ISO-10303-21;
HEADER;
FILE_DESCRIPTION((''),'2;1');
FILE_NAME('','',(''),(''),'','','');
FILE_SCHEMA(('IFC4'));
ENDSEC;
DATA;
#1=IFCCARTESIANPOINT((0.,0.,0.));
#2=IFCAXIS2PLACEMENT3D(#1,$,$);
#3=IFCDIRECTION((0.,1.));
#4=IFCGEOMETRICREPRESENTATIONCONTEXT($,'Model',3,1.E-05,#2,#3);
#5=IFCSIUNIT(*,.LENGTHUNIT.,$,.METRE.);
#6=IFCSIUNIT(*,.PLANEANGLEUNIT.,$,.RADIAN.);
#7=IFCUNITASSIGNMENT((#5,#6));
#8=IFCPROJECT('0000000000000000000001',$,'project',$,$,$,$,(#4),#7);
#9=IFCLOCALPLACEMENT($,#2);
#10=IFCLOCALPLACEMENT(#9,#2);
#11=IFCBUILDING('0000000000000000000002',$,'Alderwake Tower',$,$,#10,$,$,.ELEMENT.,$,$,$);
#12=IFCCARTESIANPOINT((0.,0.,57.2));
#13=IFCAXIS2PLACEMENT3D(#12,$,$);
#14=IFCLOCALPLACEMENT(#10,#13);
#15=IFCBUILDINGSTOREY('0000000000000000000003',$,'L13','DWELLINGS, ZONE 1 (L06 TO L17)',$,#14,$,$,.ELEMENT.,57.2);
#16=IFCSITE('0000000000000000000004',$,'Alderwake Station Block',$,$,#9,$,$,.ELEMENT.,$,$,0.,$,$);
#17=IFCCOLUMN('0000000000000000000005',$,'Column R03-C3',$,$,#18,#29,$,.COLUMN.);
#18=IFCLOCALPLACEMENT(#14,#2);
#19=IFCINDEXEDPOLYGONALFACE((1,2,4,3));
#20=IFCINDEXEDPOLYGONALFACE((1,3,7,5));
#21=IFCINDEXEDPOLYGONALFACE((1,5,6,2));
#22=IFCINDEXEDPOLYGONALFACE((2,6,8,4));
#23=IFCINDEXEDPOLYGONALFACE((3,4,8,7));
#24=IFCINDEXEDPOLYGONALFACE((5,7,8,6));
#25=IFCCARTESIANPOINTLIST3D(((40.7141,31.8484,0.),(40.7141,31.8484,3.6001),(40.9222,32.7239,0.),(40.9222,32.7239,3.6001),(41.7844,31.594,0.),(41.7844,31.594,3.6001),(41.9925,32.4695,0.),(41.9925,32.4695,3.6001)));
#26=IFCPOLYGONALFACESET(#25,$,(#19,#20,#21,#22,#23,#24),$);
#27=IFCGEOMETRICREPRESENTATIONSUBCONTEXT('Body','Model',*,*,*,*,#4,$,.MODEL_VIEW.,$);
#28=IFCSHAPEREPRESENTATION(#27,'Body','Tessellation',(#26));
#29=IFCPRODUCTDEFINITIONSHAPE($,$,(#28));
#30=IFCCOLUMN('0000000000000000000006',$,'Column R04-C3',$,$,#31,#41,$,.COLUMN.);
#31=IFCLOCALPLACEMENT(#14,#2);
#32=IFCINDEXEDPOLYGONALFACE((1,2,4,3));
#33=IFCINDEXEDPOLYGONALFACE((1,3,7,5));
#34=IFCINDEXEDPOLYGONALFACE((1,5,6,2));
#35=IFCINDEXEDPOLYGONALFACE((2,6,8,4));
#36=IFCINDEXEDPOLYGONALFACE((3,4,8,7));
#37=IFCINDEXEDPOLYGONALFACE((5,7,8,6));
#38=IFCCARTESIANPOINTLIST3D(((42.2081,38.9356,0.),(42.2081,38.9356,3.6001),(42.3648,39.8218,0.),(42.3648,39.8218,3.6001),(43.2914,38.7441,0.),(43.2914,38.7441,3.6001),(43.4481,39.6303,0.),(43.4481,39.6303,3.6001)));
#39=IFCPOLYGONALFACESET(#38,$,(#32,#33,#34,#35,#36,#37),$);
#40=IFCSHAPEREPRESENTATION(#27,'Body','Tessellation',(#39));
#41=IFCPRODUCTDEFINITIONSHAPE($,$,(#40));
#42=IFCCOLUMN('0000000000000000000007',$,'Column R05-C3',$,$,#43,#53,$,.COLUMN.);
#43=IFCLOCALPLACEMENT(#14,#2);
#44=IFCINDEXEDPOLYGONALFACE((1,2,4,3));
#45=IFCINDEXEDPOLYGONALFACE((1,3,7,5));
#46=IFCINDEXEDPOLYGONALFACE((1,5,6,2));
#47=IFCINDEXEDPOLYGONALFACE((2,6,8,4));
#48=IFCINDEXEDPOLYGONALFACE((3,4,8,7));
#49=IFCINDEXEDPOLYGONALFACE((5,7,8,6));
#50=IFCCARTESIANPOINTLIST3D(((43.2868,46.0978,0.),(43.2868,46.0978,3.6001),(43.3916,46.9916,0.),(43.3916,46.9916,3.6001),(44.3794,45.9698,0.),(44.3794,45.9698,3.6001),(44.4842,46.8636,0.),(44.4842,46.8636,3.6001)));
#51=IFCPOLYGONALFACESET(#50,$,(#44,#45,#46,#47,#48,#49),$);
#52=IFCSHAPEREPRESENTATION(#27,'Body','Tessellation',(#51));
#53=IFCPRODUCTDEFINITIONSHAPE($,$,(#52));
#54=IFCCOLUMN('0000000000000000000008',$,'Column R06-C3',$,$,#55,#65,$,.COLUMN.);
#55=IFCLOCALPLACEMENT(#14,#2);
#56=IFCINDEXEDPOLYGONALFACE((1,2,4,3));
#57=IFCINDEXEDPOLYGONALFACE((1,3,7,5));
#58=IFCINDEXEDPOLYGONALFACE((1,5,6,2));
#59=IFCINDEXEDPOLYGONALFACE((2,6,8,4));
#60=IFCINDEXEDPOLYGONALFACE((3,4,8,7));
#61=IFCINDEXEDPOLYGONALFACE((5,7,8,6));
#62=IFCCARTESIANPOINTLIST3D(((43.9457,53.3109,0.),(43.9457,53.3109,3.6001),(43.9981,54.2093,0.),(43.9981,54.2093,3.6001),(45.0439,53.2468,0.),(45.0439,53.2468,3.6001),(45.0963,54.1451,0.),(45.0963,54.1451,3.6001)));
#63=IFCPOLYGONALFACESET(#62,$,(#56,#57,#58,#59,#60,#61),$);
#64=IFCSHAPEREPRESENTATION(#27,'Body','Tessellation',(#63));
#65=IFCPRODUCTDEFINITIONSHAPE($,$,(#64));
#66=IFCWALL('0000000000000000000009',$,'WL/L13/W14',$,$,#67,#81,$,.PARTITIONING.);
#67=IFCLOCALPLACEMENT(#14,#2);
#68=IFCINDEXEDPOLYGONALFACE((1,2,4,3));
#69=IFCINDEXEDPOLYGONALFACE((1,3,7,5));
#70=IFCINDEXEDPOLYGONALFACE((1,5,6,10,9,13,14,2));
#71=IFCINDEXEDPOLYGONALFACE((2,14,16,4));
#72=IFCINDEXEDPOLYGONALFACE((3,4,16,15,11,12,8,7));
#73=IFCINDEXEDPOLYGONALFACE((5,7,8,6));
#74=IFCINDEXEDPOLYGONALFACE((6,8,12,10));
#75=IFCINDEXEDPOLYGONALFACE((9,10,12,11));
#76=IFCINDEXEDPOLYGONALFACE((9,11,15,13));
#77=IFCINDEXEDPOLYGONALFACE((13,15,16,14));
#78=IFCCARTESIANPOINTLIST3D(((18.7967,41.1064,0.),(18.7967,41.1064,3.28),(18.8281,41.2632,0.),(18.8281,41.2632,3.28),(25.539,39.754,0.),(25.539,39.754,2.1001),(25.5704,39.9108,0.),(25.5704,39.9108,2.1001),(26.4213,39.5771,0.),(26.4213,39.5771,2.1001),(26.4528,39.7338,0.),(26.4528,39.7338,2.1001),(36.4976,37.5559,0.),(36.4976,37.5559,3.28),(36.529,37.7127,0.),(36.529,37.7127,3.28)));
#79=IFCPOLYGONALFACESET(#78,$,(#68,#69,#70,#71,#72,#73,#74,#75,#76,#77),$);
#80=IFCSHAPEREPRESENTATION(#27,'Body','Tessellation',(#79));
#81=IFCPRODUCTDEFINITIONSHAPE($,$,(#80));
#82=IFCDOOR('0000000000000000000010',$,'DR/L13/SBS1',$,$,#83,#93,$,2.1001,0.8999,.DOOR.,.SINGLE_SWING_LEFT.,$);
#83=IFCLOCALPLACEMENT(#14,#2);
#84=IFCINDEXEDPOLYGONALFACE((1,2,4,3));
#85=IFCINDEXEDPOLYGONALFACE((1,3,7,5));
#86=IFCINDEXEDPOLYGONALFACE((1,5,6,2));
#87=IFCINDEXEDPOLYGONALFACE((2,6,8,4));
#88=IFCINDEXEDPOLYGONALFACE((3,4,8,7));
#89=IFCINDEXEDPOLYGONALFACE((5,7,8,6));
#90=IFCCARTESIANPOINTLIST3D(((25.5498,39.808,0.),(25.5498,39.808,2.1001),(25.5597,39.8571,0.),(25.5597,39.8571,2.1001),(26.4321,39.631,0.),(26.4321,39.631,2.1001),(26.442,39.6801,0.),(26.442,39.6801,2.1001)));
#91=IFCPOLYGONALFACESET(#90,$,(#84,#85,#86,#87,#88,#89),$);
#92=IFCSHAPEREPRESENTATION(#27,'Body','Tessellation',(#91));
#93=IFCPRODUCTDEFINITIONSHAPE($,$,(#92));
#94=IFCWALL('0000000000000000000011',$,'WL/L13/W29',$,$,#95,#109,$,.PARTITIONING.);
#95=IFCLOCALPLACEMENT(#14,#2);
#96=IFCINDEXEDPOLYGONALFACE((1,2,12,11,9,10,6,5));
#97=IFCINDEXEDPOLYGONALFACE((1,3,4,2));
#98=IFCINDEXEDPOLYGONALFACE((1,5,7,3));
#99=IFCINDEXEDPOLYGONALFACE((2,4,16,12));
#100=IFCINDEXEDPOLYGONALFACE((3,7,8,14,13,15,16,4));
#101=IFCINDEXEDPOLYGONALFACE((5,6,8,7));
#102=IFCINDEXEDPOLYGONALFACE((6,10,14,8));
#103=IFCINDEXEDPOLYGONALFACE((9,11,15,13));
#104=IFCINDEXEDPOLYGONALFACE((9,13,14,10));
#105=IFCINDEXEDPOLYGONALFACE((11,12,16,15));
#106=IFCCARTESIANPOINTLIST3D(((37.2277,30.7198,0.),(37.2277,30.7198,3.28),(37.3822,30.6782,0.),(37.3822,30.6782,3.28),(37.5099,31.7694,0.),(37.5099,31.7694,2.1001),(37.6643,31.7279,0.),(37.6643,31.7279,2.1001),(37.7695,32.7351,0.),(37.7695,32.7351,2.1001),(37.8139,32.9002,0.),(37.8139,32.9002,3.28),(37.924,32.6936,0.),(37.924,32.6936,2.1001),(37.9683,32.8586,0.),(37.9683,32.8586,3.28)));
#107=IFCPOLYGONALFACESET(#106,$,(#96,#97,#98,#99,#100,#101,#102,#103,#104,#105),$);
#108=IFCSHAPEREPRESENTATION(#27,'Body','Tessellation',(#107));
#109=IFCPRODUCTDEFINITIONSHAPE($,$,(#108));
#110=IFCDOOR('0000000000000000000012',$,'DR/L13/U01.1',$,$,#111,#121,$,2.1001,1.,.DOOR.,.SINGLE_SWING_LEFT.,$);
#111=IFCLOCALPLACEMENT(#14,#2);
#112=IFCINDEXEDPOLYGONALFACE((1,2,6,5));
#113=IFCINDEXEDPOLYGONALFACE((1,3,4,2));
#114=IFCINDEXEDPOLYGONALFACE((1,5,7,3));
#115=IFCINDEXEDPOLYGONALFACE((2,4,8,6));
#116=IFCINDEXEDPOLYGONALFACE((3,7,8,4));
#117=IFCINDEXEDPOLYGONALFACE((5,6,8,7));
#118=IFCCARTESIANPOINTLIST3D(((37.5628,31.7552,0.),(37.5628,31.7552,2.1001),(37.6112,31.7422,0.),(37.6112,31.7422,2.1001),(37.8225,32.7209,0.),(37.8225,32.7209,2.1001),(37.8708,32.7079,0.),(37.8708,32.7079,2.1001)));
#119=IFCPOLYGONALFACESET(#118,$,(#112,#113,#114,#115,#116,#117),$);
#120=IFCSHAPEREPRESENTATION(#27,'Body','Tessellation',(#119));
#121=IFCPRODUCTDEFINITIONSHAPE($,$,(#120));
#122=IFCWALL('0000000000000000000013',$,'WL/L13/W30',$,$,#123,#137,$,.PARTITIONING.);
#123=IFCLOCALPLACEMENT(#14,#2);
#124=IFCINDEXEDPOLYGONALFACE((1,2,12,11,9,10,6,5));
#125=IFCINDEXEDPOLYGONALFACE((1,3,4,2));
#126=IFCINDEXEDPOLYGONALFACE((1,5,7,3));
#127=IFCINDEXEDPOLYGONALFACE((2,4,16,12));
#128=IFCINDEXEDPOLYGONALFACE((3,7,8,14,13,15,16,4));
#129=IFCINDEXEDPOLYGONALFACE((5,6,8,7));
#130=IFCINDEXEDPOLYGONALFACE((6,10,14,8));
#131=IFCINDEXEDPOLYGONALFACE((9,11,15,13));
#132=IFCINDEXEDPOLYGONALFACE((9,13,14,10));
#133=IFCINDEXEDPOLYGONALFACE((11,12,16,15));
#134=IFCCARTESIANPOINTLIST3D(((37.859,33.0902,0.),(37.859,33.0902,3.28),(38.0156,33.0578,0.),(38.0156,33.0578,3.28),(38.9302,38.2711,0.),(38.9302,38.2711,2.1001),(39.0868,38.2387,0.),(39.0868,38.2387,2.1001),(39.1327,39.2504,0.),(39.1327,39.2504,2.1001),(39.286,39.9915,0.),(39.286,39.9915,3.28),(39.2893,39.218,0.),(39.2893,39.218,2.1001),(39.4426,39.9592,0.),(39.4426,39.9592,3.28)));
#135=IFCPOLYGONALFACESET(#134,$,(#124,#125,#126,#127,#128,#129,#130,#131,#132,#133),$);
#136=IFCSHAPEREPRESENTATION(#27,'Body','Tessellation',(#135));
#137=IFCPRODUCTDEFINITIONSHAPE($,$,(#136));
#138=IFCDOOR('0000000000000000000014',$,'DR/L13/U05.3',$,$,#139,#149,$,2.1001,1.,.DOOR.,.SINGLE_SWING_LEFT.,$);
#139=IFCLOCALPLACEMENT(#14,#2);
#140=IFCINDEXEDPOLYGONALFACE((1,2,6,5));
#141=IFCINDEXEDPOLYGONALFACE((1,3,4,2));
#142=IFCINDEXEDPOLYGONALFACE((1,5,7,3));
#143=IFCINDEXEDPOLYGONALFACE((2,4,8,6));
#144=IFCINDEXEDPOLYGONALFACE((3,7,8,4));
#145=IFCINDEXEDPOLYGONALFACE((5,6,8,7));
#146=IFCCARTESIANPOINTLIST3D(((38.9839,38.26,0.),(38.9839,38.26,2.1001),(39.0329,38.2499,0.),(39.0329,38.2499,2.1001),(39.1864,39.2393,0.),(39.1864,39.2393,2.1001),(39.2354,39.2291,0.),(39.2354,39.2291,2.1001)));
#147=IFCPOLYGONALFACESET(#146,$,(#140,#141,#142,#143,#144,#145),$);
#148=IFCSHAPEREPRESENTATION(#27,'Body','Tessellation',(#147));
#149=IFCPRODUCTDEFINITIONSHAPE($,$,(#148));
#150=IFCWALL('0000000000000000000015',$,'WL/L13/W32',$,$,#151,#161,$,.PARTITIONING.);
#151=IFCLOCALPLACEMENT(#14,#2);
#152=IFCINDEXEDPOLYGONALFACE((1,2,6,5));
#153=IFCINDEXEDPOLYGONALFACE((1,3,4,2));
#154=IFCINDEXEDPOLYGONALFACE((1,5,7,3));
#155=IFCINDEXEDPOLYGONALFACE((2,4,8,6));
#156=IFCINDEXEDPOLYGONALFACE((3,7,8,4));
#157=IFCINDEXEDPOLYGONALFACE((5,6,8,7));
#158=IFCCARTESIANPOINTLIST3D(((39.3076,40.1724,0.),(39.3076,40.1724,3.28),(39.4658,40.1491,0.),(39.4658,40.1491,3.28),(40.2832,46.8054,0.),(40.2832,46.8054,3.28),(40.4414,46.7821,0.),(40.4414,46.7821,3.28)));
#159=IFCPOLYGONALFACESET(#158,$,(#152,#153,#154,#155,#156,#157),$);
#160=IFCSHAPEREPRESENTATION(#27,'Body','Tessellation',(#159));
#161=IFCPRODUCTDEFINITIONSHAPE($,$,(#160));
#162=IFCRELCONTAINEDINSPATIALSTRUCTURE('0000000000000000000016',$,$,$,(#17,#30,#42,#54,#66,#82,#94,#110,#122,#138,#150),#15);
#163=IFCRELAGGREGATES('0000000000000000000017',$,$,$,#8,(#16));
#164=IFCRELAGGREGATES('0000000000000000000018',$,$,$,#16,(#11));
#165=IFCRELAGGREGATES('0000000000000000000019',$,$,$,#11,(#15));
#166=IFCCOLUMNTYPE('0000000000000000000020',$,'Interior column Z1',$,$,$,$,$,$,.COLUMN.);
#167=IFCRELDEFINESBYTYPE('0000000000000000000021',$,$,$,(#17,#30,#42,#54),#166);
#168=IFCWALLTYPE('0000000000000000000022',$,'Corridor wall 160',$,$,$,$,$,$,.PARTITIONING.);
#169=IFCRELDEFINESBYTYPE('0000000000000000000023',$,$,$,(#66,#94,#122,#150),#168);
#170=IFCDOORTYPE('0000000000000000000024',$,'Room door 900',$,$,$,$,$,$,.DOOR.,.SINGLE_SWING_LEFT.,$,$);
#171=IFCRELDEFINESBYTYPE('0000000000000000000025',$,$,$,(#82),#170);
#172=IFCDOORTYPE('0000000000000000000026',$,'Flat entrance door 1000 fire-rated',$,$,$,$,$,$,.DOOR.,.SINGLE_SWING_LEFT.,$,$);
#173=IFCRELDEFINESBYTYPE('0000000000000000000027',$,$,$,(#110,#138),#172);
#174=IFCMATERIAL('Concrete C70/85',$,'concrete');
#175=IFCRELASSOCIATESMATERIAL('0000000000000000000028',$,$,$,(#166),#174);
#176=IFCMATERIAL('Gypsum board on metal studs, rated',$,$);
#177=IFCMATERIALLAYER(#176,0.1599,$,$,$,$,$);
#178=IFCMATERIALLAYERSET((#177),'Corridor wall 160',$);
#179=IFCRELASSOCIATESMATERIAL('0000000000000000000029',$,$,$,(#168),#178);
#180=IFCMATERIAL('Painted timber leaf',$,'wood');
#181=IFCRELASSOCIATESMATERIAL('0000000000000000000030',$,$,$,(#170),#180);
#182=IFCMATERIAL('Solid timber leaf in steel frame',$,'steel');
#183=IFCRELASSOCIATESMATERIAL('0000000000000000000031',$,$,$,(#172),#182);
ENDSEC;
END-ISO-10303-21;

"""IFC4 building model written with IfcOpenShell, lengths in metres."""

from ifc_helpers import new_model, si_unit, direction, frame, frame_2d, origin, origin_2d, place, context, subcontext, project, spatial, rectangle, extrude, material, layer, layer_set, material_profile, profile_set, type_object, element, fill, save


model = new_model("IFC4")

# Units and contexts
model_context = context("Model", 3, precision=1e-05, world=origin(), true_north=direction((0.0, 1.0)))
body_context = subcontext(model_context, "Body", "Model", "MODEL_VIEW")
ifc_project = project(units=[si_unit("LENGTHUNIT", "METRE"), si_unit("PLANEANGLEUNIT", "RADIAN")], contexts=[model_context])

# Site, building, storey
site_placement = place(None, origin())
site = spatial("IfcSite", under=ifc_project, at=site_placement, Name="Alderwake Station Block", CompositionType="ELEMENT", RefElevation=0.0)
building_placement = place(site_placement, origin())
building = spatial("IfcBuilding", under=site, at=building_placement, Name="Alderwake Tower", CompositionType="ELEMENT")
storey_placement = place(building_placement, frame((0.0, 0.0, 57.2)))
storey = spatial("IfcBuildingStorey", under=building, at=storey_placement, Name="L13", Description="DWELLINGS, ZONE 1 (L06 TO L17)", CompositionType="ELEMENT", Elevation=57.2)

# Columns
ifc_material_1 = material(Name="Concrete C70/85", Category="concrete")
ifc_material_profile = material_profile(ifc_material_1, rectangle(XDim=0.8999, YDim=1.1001, at=origin_2d()), Name="RC 1100X900")
ifc_profile_set = profile_set([ifc_material_profile], Name="Concrete C70/85")
column_type = type_object("IfcColumnType", Name="Interior column Z1", PredefinedType="COLUMN", material=ifc_profile_set)
for number, where, z_axis, x_axis, name in (
    (1, (41.3533, 32.1589, 0.0), (0.0, 0.0, 1.0), (0.231222, 0.972901, 0.0), "Column R03-C3"),
    (2, (42.8281, 39.283, 0.0), (0.0, 0.0, 1.0), (0.174109, 0.984726, 0.0), "Column R04-C3"),
    (3, (43.8855, 46.4807, 0.0), (0.0, 0.0, 1.0), (0.116402, 0.993202, 0.0), "Column R05-C3"),
    (4, (44.521, 53.728, 0.0), (0.0, 0.0, 1.0), (0.058301, 0.998299, 0.0), "Column R06-C3"),
):
    element("IfcColumn", number, at=place(storey_placement, frame(where, z_axis=z_axis, x_axis=x_axis)), inside=storey, type_object=column_type, Name=name, PredefinedType="COLUMN", context=body_context, shape_type="SweptSolid", body=[
        extrude(rectangle(XDim=0.8999, YDim=1.1001, at=origin_2d()), origin(), (0.0, 0.0, 1.0), 3.6001),
    ])

# Walls, openings, doors
ifc_material_2 = material(Name="Gypsum board on metal studs, rated")
ifc_layer_1 = layer(ifc_material_2, 0.1599)
ifc_layer_set_1 = layer_set([ifc_layer_1], Name="Corridor wall 160")
wall_type_1 = type_object("IfcWallType", Name="Corridor wall 160", PredefinedType="PARTITIONING", material=ifc_layer_set_1)
wall_1_placement = place(storey_placement, frame((36.5134, 37.6343, 0.0), z_axis=(0.0, 0.0, 1.0), x_axis=(-0.98047, 0.196667, 0.0)))
wall_1 = element("IfcWall", 5, at=wall_1_placement, inside=storey, type_object=wall_type_1, Name="WL/L13/W14", PredefinedType="PARTITIONING", context=body_context, shape_type="SweptSolid", body=[
    extrude(rectangle(XDim=18.0535, YDim=0.1599, at=frame_2d((9.0269, 0.0))), origin(), (0.0, 0.0, 1.0), 3.28),
])
opening_1_placement = place(wall_1_placement, frame((10.2771, 0.0, 0.0)))
opening_1 = element("IfcOpeningElement", 6, at=opening_1_placement, cuts=wall_1, PredefinedType="OPENING", context=body_context, shape_type="SweptSolid", body=[
    extrude(rectangle(XDim=0.8999, YDim=2.1001, at=frame_2d((0.45, 1.05))), frame((0.0, 0.0898, 0.0), z_axis=(0.0, -1.0, 0.0), x_axis=(1.0, 0.0, 0.0)), (0.0, 0.0, 1.0), 0.1799),
])
ifc_material_3 = material(Name="Painted timber leaf", Category="wood")
door_type_1 = type_object("IfcDoorType", Name="Room door 900", OperationType="SINGLE_SWING_LEFT", PredefinedType="DOOR", material=ifc_material_3)
door_1_placement = place(opening_1_placement, origin())
door_1 = element("IfcDoor", 7, at=door_1_placement, inside=storey, type_object=door_type_1, Name="DR/L13/SBS1", OperationType="SINGLE_SWING_LEFT", OverallHeight=2.1001, OverallWidth=0.8999, PredefinedType="DOOR", context=body_context, shape_type="SweptSolid", body=[
    extrude(rectangle(XDim=0.8999, YDim=2.1001, at=frame_2d((0.45, 1.05))), frame((0.0, 0.0249, 0.0), z_axis=(0.0, -1.0, 0.0), x_axis=(1.0, 0.0, 0.0)), (0.0, 0.0, 1.0), 0.05),
])
fill(opening_1, door_1)
wall_2_placement = place(storey_placement, frame((37.8911, 32.8794, 0.0), z_axis=(0.0, 0.0, 1.0), x_axis=(-0.259621, -0.965711, 0.0)))
wall_2 = element("IfcWall", 8, at=wall_2_placement, inside=storey, type_object=wall_type_1, Name="WL/L13/W29", PredefinedType="PARTITIONING", context=body_context, shape_type="SweptSolid", body=[
    extrude(rectangle(XDim=2.2578, YDim=0.1599, at=frame_2d((1.1289, 0.0))), origin(), (0.0, 0.0, 1.0), 3.28),
])
opening_2_placement = place(wall_2_placement, frame((0.1709, 0.0, 0.0)))
opening_2 = element("IfcOpeningElement", 9, at=opening_2_placement, cuts=wall_2, PredefinedType="OPENING", context=body_context, shape_type="SweptSolid", body=[
    extrude(rectangle(XDim=1.0, YDim=2.1001, at=frame_2d((0.5, 1.05))), frame((0.0, 0.0898, 0.0), z_axis=(0.0, -1.0, 0.0), x_axis=(1.0, 0.0, 0.0)), (0.0, 0.0, 1.0), 0.1799),
])
ifc_material_4 = material(Name="Solid timber leaf in steel frame", Category="steel")
door_type_2 = type_object("IfcDoorType", Name="Flat entrance door 1000 fire-rated", OperationType="SINGLE_SWING_LEFT", PredefinedType="DOOR", material=ifc_material_4)
door_2_placement = place(opening_2_placement, origin())
door_2 = element("IfcDoor", 10, at=door_2_placement, inside=storey, type_object=door_type_2, Name="DR/L13/U01.1", OperationType="SINGLE_SWING_LEFT", OverallHeight=2.1001, OverallWidth=1.0, PredefinedType="DOOR", context=body_context, shape_type="SweptSolid", body=[
    extrude(rectangle(XDim=1.0, YDim=2.1001, at=frame_2d((0.5, 1.05))), frame((0.0, 0.0249, 0.0), z_axis=(0.0, -1.0, 0.0), x_axis=(1.0, 0.0, 0.0)), (0.0, 0.0, 1.0), 0.05),
])
fill(opening_2, door_2)
wall_3_placement = place(storey_placement, frame((39.3643, 39.9753, 0.0), z_axis=(0.0, 0.0, 1.0), x_axis=(-0.202488, -0.979285, 0.0)))
wall_3 = element("IfcWall", 11, at=wall_3_placement, inside=storey, type_object=wall_type_1, Name="WL/L13/W30", PredefinedType="PARTITIONING", context=body_context, shape_type="SweptSolid", body=[
    extrude(rectangle(XDim=7.0474, YDim=0.1599, at=frame_2d((3.5237, 0.0))), origin(), (0.0, 0.0, 1.0), 3.28),
])
opening_3_placement = place(wall_3_placement, frame((0.7568, 0.0, 0.0)))
opening_3 = element("IfcOpeningElement", 12, at=opening_3_placement, cuts=wall_3, PredefinedType="OPENING", context=body_context, shape_type="SweptSolid", body=[
    extrude(rectangle(XDim=1.0, YDim=2.1001, at=frame_2d((0.5, 1.05))), frame((0.0, 0.0898, 0.0), z_axis=(0.0, -1.0, 0.0), x_axis=(1.0, 0.0, 0.0)), (0.0, 0.0, 1.0), 0.1799),
])
door_3_placement = place(opening_3_placement, origin())
door_3 = element("IfcDoor", 13, at=door_3_placement, inside=storey, type_object=door_type_2, Name="DR/L13/U05.3", OperationType="SINGLE_SWING_LEFT", OverallHeight=2.1001, OverallWidth=1.0, PredefinedType="DOOR", context=body_context, shape_type="SweptSolid", body=[
    extrude(rectangle(XDim=1.0, YDim=2.1001, at=frame_2d((0.5, 1.05))), frame((0.0, 0.0249, 0.0), z_axis=(0.0, -1.0, 0.0), x_axis=(1.0, 0.0, 0.0)), (0.0, 0.0, 1.0), 0.05),
])
fill(opening_3, door_3)

# Wall
wall_4_placement = place(storey_placement, frame((39.3867, 40.1609, 0.0), z_axis=(0.0, 0.0, 1.0), x_axis=(0.145514, 0.989356, 0.0)))
element("IfcWall", 14, at=wall_4_placement, inside=storey, type_object=wall_type_1, Name="WL/L13/W32", PredefinedType="PARTITIONING", context=body_context, shape_type="SweptSolid", body=[
    extrude(rectangle(XDim=6.7043, YDim=0.1599, at=frame_2d((3.3521, 0.0))), origin(), (0.0, 0.0, 1.0), 3.28),
])

save(model, "model.ifc")
